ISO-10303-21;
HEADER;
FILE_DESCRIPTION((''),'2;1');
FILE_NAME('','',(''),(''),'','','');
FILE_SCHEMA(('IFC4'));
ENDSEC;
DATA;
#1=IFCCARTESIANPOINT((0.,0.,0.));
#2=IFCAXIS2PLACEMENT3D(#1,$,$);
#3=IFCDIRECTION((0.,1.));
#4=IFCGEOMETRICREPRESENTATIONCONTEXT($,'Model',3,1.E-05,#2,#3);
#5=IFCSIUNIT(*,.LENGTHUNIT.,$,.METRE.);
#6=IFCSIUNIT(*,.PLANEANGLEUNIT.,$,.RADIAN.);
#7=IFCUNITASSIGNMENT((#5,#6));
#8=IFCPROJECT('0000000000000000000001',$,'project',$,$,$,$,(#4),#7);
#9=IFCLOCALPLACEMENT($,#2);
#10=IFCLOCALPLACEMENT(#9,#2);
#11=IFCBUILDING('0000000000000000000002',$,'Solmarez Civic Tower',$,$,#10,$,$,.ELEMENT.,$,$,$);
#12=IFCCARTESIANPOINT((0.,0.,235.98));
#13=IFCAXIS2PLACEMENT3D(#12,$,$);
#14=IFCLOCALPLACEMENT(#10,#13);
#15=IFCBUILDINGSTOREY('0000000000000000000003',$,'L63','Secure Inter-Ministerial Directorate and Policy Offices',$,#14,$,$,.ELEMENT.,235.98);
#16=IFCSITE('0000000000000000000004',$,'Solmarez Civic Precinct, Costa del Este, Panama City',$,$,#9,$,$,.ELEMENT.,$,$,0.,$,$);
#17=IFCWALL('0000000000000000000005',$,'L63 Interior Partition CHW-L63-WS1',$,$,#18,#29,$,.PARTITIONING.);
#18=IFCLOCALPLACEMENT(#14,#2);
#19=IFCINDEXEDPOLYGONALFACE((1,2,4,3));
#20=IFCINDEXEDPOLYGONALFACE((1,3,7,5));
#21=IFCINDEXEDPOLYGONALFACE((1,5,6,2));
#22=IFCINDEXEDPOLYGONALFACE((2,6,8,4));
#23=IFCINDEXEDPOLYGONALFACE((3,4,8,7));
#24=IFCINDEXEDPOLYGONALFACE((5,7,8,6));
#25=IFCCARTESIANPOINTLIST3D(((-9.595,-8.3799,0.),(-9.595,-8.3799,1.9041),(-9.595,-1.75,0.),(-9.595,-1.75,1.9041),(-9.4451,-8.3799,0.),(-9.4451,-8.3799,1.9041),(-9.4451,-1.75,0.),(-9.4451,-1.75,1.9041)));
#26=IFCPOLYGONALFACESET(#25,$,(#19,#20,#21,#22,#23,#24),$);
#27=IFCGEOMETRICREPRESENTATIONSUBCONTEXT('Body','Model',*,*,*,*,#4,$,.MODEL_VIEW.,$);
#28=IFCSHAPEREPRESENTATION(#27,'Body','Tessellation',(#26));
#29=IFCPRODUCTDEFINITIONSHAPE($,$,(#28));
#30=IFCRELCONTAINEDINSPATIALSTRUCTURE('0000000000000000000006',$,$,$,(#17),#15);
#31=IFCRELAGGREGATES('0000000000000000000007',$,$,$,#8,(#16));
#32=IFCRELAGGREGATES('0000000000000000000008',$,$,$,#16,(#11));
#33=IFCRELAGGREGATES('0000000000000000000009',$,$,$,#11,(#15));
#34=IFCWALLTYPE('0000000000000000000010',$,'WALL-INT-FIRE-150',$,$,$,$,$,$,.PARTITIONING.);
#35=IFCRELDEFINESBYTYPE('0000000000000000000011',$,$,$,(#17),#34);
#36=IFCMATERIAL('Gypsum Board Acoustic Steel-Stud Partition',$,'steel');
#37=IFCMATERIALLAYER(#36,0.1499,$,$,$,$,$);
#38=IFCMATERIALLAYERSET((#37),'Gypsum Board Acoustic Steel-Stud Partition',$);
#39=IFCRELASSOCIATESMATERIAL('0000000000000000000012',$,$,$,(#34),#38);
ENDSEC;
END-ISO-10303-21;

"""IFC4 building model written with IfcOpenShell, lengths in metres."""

from ifc_helpers import new_model, si_unit, direction, frame, frame_2d, origin, place, context, subcontext, project, spatial, rectangle, extrude, material, layer, layer_set, type_object, element, save


model = new_model("IFC4")

# Units and contexts
model_context = context("Model", 3, precision=1e-05, world=origin(), true_north=direction((0.0, 1.0)))
body_context = subcontext(model_context, "Body", "Model", "MODEL_VIEW")
ifc_project = project(units=[si_unit("LENGTHUNIT", "METRE"), si_unit("PLANEANGLEUNIT", "RADIAN")], contexts=[model_context])

# Site, building, storey
site_placement = place(None, origin())
site = spatial("IfcSite", under=ifc_project, at=site_placement, Name="Solmarez Civic Precinct, Costa del Este, Panama City", CompositionType="ELEMENT", RefElevation=0.0)
building_placement = place(site_placement, origin())
building = spatial("IfcBuilding", under=site, at=building_placement, Name="Solmarez Civic Tower", CompositionType="ELEMENT")
storey_placement = place(building_placement, frame((0.0, 0.0, 235.98)))
storey = spatial("IfcBuildingStorey", under=building, at=storey_placement, Name="L63", Description="Secure Inter-Ministerial Directorate and Policy Offices", CompositionType="ELEMENT", Elevation=235.98)

# Wall
ifc_material_1 = material(Name="Gypsum Board Acoustic Steel-Stud Partition", Category="steel")
ifc_layer_1 = layer(ifc_material_1, 0.1499)
ifc_layer_set_1 = layer_set([ifc_layer_1], Name="Gypsum Board Acoustic Steel-Stud Partition")
wall_type = type_object("IfcWallType", Name="WALL-INT-FIRE-150", PredefinedType="PARTITIONING", material=ifc_layer_set_1)
wall_placement = place(storey_placement, frame((-9.52, -8.3799, 0.0), z_axis=(0.0, 0.0, 1.0), x_axis=(0.0, 1.0, 0.0)))
element("IfcWall", 1, at=wall_placement, inside=storey, type_object=wall_type, Name="L63 Interior Partition CHW-L63-WS1", PredefinedType="PARTITIONING", context=body_context, shape_type="SweptSolid", body=[
    extrude(rectangle(XDim=6.6299, YDim=0.1499, at=frame_2d((3.3149, 0.0))), origin(), (0.0, 0.0, 1.0), 1.9041),
])

save(model, "model.ifc")
